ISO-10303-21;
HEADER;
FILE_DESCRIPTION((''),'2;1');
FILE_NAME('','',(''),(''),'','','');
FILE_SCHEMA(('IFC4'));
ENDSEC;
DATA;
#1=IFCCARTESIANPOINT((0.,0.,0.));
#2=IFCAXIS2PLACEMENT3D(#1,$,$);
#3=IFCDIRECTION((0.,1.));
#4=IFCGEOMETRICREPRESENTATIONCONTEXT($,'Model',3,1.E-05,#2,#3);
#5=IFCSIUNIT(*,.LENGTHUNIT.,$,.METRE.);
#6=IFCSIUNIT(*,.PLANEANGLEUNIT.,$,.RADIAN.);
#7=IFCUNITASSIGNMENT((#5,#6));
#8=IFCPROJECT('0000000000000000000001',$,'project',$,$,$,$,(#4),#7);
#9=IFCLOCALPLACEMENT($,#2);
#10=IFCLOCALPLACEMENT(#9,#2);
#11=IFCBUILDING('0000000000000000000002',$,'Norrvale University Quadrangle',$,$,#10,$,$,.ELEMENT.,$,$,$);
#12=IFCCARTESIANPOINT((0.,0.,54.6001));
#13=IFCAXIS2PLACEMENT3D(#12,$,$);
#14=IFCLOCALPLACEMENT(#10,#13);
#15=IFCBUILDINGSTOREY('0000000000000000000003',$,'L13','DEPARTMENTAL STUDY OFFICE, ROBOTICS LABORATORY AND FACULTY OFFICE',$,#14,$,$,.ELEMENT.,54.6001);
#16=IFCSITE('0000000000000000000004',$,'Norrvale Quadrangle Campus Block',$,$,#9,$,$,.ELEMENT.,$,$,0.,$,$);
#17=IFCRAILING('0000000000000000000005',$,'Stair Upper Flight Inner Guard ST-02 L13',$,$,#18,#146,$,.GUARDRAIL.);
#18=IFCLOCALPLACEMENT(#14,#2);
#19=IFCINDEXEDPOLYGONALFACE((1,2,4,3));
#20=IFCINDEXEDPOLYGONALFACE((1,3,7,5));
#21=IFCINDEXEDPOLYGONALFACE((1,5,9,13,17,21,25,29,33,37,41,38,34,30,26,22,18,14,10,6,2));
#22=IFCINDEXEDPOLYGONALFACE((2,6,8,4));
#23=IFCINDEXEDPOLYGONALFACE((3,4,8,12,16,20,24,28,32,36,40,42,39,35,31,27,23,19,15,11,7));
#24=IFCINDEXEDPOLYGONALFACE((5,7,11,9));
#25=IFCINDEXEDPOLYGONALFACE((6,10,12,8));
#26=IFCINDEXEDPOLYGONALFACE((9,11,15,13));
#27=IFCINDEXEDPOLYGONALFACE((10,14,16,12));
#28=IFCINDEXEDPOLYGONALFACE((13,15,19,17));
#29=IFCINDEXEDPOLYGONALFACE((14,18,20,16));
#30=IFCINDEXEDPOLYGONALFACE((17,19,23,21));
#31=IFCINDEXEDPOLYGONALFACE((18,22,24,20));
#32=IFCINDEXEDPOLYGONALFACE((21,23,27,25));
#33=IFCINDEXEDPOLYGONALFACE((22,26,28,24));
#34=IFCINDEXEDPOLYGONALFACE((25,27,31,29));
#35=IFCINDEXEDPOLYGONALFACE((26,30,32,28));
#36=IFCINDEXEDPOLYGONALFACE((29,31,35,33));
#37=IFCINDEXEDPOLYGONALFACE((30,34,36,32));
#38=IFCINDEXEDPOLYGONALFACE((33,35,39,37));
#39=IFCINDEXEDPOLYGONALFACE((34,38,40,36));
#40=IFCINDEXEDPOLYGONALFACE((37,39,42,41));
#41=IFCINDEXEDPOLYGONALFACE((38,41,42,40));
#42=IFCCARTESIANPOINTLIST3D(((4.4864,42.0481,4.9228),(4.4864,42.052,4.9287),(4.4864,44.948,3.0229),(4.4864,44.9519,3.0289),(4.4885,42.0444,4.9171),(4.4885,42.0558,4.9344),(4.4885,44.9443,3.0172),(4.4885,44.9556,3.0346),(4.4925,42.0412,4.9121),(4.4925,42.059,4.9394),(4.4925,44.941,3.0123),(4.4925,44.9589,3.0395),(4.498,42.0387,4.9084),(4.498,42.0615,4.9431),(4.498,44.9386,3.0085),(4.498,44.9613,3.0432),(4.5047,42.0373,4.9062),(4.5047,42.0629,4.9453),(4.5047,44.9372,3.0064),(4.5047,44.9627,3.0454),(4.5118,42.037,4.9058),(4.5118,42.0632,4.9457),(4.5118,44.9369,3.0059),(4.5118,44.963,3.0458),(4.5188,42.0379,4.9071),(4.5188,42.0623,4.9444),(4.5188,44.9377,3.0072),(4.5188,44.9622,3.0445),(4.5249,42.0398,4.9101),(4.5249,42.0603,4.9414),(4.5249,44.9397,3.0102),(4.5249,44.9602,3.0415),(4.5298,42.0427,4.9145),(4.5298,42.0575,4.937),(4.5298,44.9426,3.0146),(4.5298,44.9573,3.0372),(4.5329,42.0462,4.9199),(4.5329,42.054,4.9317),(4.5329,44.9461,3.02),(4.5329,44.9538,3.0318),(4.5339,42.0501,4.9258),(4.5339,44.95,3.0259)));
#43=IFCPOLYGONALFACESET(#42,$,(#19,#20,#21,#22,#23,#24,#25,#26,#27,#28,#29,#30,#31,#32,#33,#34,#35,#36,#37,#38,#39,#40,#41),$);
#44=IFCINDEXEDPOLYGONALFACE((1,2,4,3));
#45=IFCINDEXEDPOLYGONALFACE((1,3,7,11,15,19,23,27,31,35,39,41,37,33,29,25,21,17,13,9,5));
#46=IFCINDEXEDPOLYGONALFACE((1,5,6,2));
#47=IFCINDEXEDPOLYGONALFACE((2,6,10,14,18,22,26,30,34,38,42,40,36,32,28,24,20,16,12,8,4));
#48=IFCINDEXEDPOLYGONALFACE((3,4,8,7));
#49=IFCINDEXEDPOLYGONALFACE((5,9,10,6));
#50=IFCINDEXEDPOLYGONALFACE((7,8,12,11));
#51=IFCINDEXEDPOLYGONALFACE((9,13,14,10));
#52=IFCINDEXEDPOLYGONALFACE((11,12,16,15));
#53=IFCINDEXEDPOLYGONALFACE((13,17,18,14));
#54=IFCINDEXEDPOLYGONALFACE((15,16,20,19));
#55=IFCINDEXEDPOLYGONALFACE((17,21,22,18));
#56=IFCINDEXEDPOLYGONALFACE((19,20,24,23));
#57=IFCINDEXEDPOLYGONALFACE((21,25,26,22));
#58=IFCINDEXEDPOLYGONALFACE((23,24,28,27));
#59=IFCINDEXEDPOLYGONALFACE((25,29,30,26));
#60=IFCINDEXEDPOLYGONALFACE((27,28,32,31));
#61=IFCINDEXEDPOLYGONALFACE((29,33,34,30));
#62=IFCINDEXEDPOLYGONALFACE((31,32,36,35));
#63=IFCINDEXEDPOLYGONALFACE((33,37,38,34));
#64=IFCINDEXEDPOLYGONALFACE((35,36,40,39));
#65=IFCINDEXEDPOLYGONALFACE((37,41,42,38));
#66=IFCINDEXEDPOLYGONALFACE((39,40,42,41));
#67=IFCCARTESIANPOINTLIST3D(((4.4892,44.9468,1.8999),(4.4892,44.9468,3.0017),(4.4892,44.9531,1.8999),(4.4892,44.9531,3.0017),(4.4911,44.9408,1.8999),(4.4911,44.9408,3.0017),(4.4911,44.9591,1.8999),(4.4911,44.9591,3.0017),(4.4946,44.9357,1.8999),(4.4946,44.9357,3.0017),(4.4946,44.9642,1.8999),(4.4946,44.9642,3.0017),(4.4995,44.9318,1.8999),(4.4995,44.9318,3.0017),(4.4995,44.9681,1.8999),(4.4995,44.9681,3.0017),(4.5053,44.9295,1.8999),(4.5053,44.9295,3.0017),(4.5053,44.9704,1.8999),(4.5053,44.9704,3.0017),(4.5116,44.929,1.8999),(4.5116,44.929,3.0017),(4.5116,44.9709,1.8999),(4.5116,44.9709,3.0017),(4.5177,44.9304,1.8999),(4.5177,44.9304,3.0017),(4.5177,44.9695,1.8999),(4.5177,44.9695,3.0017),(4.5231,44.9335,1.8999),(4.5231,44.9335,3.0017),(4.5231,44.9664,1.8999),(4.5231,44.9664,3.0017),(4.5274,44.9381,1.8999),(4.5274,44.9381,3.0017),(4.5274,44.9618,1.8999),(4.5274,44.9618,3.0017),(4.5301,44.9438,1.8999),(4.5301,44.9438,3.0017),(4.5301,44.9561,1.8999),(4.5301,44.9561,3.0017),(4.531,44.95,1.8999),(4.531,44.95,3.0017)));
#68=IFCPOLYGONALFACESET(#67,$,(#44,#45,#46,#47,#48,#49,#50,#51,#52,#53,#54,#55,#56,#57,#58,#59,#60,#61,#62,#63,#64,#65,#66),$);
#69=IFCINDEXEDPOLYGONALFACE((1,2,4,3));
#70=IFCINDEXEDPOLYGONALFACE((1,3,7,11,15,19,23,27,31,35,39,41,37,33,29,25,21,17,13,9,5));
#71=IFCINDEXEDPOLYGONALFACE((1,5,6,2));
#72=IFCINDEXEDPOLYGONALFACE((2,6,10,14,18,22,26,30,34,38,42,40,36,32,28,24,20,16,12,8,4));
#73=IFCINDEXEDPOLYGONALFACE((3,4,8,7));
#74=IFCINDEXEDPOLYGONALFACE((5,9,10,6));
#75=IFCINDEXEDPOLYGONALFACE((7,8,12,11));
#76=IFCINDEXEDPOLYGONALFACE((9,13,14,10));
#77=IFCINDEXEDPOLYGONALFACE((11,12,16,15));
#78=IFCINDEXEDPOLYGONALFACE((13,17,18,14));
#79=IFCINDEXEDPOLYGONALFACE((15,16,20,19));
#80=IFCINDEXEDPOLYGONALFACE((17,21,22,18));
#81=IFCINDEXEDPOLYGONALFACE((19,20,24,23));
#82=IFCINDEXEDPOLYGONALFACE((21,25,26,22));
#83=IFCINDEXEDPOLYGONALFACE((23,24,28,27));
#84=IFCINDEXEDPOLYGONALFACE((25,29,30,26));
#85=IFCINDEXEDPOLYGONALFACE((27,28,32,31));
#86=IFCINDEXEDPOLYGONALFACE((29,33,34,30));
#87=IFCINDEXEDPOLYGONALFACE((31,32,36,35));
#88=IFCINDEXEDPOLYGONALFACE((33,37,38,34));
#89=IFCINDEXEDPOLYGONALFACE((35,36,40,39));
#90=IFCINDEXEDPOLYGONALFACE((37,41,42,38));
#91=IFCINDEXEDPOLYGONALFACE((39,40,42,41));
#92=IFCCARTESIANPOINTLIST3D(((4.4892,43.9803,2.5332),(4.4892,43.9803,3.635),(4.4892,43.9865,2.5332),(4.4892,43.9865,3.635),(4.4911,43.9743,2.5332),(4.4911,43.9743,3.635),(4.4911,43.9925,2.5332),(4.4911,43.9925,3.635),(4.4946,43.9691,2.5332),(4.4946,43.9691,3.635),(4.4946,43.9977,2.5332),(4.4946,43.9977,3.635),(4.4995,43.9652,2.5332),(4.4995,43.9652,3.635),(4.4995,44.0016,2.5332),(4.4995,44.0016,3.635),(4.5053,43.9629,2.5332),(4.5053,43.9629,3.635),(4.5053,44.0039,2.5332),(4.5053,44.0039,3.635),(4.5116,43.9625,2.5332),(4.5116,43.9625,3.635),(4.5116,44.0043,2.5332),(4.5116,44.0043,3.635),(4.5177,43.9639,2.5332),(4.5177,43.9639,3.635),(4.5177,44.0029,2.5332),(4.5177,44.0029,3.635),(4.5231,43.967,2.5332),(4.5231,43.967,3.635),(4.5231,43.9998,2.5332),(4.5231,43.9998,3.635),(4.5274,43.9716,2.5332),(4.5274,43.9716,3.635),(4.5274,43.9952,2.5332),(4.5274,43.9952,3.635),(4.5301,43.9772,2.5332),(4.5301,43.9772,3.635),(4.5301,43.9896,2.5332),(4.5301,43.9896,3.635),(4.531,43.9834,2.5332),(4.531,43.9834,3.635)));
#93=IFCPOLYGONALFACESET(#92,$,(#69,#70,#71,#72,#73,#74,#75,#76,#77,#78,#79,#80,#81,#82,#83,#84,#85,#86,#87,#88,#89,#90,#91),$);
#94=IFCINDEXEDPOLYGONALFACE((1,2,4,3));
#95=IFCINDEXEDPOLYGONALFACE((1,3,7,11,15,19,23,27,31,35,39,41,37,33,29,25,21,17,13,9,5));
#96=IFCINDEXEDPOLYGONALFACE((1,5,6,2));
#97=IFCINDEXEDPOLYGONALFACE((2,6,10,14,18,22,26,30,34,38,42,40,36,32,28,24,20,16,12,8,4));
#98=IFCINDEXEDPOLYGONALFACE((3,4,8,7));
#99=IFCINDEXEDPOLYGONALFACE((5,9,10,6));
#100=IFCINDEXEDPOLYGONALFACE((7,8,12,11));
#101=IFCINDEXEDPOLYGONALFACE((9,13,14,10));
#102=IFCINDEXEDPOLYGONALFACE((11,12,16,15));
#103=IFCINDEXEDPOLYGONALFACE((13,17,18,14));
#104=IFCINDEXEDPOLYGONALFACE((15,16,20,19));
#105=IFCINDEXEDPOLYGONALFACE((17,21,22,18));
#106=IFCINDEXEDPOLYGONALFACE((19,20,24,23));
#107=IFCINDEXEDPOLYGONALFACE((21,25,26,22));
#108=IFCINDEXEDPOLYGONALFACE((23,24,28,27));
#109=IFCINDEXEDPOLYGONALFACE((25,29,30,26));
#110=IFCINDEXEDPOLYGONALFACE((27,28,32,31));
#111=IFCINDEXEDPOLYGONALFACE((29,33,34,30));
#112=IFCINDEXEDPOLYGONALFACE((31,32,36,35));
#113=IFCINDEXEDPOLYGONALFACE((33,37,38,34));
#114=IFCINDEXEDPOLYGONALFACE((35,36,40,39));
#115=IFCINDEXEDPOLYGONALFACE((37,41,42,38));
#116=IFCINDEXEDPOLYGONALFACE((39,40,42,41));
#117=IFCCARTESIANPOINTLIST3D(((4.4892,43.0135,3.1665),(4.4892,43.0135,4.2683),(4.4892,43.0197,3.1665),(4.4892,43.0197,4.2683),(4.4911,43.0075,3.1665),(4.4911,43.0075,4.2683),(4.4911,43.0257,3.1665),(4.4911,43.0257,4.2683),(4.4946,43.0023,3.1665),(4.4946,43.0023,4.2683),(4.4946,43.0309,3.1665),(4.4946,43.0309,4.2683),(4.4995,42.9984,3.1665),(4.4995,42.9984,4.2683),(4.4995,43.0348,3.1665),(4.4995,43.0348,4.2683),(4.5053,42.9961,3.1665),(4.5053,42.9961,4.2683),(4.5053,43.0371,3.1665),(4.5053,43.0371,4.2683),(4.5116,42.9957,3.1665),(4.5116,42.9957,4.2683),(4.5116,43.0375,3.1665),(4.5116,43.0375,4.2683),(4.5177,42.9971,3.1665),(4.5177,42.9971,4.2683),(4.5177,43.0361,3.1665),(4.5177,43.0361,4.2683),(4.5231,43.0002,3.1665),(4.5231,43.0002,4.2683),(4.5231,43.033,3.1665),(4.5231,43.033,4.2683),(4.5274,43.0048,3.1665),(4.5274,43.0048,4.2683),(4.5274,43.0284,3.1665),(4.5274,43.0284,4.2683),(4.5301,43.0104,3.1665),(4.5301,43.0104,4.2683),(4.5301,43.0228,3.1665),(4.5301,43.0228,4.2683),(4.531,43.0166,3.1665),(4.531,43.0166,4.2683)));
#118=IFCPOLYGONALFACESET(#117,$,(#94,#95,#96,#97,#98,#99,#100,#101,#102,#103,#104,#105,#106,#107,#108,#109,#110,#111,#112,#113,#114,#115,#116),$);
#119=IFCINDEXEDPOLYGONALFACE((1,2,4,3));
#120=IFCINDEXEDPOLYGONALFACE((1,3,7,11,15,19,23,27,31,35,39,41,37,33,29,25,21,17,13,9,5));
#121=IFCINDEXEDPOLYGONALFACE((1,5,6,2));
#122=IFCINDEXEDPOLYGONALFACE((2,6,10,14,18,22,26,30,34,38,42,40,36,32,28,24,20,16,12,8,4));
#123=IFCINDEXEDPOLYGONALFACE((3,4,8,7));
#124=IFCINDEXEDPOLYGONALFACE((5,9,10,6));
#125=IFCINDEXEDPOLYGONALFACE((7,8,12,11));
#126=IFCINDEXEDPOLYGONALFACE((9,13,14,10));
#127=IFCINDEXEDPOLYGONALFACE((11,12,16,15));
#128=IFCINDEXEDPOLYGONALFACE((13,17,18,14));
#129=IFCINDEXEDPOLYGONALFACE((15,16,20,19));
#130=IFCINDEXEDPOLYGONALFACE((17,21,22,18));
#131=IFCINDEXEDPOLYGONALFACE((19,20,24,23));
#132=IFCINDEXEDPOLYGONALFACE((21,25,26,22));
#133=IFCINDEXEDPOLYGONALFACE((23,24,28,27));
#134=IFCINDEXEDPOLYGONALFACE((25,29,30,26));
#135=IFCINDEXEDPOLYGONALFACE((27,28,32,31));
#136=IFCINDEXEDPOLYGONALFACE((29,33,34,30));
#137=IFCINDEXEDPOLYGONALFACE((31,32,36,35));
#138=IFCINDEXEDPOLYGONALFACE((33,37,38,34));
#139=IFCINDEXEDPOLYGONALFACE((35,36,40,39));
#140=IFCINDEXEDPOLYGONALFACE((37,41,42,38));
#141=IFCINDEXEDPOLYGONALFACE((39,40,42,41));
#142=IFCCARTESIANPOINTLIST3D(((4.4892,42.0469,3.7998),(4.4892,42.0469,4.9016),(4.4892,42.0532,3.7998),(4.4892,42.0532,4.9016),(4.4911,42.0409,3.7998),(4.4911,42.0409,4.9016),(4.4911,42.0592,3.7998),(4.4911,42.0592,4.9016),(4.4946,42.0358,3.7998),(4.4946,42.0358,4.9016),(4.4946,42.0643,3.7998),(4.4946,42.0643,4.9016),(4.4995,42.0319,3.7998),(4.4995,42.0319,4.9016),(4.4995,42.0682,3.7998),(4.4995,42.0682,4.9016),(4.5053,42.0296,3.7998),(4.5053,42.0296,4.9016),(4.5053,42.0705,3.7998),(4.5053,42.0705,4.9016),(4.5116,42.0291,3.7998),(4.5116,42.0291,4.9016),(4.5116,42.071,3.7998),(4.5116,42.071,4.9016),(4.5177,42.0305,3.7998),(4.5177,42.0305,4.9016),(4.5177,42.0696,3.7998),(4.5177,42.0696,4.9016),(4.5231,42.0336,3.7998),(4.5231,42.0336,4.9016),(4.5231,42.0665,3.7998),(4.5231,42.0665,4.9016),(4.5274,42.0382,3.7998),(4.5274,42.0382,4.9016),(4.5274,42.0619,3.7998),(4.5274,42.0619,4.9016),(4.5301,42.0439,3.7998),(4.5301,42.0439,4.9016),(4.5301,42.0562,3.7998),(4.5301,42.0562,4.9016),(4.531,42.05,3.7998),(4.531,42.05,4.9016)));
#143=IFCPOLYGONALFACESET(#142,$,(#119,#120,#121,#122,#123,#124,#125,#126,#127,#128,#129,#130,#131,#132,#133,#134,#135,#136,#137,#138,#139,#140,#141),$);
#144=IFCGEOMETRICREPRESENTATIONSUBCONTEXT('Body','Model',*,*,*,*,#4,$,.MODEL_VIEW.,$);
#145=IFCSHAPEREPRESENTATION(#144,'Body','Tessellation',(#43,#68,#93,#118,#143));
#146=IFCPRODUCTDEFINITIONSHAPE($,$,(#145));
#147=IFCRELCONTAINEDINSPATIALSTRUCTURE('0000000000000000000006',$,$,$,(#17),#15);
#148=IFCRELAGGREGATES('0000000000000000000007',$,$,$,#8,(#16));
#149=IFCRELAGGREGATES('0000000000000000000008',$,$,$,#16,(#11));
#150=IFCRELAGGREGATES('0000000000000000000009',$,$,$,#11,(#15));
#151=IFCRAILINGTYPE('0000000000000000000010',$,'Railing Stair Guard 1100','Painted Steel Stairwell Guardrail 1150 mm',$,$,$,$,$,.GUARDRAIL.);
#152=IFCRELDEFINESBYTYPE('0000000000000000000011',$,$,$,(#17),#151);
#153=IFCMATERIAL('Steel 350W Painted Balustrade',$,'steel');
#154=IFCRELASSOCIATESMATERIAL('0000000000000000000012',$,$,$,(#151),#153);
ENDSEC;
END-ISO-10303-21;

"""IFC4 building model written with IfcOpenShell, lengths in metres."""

from ifc_helpers import new_model, si_unit, direction, frame, origin, origin_2d, place, context, subcontext, project, spatial, circle, extrude, material, type_object, element, save


model = new_model("IFC4")

# Units and contexts
model_context = context("Model", 3, precision=1e-05, world=origin(), true_north=direction((0.0, 1.0)))
body_context = subcontext(model_context, "Body", "Model", "MODEL_VIEW")
ifc_project = project(units=[si_unit("LENGTHUNIT", "METRE"), si_unit("PLANEANGLEUNIT", "RADIAN")], contexts=[model_context])

# Site, building, storey
site_placement = place(None, origin())
site = spatial("IfcSite", under=ifc_project, at=site_placement, Name="Norrvale Quadrangle Campus Block", CompositionType="ELEMENT", RefElevation=0.0)
building_placement = place(site_placement, origin())
building = spatial("IfcBuilding", under=site, at=building_placement, Name="Norrvale University Quadrangle", CompositionType="ELEMENT")
storey_placement = place(building_placement, frame((0.0, 0.0, 54.6001)))
storey = spatial("IfcBuildingStorey", under=building, at=storey_placement, Name="L13", Description="DEPARTMENTAL STUDY OFFICE, ROBOTICS LABORATORY AND FACULTY OFFICE", CompositionType="ELEMENT", Elevation=54.6001)

# Railing
ifc_material_1 = material(Name="Steel 350W Painted Balustrade", Category="steel")
railing_type_1 = type_object("IfcRailingType", Name="Railing Stair Guard 1100", Description="Painted Steel Stairwell Guardrail 1150 mm", PredefinedType="GUARDRAIL", material=ifc_material_1)
railing_1_placement = place(storey_placement, frame((4.51, 44.95, 1.8999)))
element("IfcRailing", 1, at=railing_1_placement, inside=storey, type_object=railing_type_1, Name="Stair Upper Flight Inner Guard ST-02 L13", PredefinedType="GUARDRAIL", context=body_context, shape_type="SweptSolid", body=[
    extrude(circle(Radius=0.0239, at=origin_2d()), frame((0.0, 0.0, 1.126), z_axis=(0.0, -0.836466, 0.548019), x_axis=(1.0, 0.0, 0.0)), (0.0, 0.0, 1.0), 3.4668),
    extrude(circle(Radius=0.021, at=origin_2d()), origin(), (0.0, 0.0, 1.0), 1.1018),
    extrude(circle(Radius=0.021, at=origin_2d()), frame((0.0, -0.9666, 0.6333)), (0.0, 0.0, 1.0), 1.1018),
    extrude(circle(Radius=0.021, at=origin_2d()), frame((0.0, -1.9333, 1.2666)), (0.0, 0.0, 1.0), 1.1018),
    extrude(circle(Radius=0.021, at=origin_2d()), frame((0.0, -2.8999, 1.8999)), (0.0, 0.0, 1.0), 1.1018),
])

save(model, "model.ifc")
